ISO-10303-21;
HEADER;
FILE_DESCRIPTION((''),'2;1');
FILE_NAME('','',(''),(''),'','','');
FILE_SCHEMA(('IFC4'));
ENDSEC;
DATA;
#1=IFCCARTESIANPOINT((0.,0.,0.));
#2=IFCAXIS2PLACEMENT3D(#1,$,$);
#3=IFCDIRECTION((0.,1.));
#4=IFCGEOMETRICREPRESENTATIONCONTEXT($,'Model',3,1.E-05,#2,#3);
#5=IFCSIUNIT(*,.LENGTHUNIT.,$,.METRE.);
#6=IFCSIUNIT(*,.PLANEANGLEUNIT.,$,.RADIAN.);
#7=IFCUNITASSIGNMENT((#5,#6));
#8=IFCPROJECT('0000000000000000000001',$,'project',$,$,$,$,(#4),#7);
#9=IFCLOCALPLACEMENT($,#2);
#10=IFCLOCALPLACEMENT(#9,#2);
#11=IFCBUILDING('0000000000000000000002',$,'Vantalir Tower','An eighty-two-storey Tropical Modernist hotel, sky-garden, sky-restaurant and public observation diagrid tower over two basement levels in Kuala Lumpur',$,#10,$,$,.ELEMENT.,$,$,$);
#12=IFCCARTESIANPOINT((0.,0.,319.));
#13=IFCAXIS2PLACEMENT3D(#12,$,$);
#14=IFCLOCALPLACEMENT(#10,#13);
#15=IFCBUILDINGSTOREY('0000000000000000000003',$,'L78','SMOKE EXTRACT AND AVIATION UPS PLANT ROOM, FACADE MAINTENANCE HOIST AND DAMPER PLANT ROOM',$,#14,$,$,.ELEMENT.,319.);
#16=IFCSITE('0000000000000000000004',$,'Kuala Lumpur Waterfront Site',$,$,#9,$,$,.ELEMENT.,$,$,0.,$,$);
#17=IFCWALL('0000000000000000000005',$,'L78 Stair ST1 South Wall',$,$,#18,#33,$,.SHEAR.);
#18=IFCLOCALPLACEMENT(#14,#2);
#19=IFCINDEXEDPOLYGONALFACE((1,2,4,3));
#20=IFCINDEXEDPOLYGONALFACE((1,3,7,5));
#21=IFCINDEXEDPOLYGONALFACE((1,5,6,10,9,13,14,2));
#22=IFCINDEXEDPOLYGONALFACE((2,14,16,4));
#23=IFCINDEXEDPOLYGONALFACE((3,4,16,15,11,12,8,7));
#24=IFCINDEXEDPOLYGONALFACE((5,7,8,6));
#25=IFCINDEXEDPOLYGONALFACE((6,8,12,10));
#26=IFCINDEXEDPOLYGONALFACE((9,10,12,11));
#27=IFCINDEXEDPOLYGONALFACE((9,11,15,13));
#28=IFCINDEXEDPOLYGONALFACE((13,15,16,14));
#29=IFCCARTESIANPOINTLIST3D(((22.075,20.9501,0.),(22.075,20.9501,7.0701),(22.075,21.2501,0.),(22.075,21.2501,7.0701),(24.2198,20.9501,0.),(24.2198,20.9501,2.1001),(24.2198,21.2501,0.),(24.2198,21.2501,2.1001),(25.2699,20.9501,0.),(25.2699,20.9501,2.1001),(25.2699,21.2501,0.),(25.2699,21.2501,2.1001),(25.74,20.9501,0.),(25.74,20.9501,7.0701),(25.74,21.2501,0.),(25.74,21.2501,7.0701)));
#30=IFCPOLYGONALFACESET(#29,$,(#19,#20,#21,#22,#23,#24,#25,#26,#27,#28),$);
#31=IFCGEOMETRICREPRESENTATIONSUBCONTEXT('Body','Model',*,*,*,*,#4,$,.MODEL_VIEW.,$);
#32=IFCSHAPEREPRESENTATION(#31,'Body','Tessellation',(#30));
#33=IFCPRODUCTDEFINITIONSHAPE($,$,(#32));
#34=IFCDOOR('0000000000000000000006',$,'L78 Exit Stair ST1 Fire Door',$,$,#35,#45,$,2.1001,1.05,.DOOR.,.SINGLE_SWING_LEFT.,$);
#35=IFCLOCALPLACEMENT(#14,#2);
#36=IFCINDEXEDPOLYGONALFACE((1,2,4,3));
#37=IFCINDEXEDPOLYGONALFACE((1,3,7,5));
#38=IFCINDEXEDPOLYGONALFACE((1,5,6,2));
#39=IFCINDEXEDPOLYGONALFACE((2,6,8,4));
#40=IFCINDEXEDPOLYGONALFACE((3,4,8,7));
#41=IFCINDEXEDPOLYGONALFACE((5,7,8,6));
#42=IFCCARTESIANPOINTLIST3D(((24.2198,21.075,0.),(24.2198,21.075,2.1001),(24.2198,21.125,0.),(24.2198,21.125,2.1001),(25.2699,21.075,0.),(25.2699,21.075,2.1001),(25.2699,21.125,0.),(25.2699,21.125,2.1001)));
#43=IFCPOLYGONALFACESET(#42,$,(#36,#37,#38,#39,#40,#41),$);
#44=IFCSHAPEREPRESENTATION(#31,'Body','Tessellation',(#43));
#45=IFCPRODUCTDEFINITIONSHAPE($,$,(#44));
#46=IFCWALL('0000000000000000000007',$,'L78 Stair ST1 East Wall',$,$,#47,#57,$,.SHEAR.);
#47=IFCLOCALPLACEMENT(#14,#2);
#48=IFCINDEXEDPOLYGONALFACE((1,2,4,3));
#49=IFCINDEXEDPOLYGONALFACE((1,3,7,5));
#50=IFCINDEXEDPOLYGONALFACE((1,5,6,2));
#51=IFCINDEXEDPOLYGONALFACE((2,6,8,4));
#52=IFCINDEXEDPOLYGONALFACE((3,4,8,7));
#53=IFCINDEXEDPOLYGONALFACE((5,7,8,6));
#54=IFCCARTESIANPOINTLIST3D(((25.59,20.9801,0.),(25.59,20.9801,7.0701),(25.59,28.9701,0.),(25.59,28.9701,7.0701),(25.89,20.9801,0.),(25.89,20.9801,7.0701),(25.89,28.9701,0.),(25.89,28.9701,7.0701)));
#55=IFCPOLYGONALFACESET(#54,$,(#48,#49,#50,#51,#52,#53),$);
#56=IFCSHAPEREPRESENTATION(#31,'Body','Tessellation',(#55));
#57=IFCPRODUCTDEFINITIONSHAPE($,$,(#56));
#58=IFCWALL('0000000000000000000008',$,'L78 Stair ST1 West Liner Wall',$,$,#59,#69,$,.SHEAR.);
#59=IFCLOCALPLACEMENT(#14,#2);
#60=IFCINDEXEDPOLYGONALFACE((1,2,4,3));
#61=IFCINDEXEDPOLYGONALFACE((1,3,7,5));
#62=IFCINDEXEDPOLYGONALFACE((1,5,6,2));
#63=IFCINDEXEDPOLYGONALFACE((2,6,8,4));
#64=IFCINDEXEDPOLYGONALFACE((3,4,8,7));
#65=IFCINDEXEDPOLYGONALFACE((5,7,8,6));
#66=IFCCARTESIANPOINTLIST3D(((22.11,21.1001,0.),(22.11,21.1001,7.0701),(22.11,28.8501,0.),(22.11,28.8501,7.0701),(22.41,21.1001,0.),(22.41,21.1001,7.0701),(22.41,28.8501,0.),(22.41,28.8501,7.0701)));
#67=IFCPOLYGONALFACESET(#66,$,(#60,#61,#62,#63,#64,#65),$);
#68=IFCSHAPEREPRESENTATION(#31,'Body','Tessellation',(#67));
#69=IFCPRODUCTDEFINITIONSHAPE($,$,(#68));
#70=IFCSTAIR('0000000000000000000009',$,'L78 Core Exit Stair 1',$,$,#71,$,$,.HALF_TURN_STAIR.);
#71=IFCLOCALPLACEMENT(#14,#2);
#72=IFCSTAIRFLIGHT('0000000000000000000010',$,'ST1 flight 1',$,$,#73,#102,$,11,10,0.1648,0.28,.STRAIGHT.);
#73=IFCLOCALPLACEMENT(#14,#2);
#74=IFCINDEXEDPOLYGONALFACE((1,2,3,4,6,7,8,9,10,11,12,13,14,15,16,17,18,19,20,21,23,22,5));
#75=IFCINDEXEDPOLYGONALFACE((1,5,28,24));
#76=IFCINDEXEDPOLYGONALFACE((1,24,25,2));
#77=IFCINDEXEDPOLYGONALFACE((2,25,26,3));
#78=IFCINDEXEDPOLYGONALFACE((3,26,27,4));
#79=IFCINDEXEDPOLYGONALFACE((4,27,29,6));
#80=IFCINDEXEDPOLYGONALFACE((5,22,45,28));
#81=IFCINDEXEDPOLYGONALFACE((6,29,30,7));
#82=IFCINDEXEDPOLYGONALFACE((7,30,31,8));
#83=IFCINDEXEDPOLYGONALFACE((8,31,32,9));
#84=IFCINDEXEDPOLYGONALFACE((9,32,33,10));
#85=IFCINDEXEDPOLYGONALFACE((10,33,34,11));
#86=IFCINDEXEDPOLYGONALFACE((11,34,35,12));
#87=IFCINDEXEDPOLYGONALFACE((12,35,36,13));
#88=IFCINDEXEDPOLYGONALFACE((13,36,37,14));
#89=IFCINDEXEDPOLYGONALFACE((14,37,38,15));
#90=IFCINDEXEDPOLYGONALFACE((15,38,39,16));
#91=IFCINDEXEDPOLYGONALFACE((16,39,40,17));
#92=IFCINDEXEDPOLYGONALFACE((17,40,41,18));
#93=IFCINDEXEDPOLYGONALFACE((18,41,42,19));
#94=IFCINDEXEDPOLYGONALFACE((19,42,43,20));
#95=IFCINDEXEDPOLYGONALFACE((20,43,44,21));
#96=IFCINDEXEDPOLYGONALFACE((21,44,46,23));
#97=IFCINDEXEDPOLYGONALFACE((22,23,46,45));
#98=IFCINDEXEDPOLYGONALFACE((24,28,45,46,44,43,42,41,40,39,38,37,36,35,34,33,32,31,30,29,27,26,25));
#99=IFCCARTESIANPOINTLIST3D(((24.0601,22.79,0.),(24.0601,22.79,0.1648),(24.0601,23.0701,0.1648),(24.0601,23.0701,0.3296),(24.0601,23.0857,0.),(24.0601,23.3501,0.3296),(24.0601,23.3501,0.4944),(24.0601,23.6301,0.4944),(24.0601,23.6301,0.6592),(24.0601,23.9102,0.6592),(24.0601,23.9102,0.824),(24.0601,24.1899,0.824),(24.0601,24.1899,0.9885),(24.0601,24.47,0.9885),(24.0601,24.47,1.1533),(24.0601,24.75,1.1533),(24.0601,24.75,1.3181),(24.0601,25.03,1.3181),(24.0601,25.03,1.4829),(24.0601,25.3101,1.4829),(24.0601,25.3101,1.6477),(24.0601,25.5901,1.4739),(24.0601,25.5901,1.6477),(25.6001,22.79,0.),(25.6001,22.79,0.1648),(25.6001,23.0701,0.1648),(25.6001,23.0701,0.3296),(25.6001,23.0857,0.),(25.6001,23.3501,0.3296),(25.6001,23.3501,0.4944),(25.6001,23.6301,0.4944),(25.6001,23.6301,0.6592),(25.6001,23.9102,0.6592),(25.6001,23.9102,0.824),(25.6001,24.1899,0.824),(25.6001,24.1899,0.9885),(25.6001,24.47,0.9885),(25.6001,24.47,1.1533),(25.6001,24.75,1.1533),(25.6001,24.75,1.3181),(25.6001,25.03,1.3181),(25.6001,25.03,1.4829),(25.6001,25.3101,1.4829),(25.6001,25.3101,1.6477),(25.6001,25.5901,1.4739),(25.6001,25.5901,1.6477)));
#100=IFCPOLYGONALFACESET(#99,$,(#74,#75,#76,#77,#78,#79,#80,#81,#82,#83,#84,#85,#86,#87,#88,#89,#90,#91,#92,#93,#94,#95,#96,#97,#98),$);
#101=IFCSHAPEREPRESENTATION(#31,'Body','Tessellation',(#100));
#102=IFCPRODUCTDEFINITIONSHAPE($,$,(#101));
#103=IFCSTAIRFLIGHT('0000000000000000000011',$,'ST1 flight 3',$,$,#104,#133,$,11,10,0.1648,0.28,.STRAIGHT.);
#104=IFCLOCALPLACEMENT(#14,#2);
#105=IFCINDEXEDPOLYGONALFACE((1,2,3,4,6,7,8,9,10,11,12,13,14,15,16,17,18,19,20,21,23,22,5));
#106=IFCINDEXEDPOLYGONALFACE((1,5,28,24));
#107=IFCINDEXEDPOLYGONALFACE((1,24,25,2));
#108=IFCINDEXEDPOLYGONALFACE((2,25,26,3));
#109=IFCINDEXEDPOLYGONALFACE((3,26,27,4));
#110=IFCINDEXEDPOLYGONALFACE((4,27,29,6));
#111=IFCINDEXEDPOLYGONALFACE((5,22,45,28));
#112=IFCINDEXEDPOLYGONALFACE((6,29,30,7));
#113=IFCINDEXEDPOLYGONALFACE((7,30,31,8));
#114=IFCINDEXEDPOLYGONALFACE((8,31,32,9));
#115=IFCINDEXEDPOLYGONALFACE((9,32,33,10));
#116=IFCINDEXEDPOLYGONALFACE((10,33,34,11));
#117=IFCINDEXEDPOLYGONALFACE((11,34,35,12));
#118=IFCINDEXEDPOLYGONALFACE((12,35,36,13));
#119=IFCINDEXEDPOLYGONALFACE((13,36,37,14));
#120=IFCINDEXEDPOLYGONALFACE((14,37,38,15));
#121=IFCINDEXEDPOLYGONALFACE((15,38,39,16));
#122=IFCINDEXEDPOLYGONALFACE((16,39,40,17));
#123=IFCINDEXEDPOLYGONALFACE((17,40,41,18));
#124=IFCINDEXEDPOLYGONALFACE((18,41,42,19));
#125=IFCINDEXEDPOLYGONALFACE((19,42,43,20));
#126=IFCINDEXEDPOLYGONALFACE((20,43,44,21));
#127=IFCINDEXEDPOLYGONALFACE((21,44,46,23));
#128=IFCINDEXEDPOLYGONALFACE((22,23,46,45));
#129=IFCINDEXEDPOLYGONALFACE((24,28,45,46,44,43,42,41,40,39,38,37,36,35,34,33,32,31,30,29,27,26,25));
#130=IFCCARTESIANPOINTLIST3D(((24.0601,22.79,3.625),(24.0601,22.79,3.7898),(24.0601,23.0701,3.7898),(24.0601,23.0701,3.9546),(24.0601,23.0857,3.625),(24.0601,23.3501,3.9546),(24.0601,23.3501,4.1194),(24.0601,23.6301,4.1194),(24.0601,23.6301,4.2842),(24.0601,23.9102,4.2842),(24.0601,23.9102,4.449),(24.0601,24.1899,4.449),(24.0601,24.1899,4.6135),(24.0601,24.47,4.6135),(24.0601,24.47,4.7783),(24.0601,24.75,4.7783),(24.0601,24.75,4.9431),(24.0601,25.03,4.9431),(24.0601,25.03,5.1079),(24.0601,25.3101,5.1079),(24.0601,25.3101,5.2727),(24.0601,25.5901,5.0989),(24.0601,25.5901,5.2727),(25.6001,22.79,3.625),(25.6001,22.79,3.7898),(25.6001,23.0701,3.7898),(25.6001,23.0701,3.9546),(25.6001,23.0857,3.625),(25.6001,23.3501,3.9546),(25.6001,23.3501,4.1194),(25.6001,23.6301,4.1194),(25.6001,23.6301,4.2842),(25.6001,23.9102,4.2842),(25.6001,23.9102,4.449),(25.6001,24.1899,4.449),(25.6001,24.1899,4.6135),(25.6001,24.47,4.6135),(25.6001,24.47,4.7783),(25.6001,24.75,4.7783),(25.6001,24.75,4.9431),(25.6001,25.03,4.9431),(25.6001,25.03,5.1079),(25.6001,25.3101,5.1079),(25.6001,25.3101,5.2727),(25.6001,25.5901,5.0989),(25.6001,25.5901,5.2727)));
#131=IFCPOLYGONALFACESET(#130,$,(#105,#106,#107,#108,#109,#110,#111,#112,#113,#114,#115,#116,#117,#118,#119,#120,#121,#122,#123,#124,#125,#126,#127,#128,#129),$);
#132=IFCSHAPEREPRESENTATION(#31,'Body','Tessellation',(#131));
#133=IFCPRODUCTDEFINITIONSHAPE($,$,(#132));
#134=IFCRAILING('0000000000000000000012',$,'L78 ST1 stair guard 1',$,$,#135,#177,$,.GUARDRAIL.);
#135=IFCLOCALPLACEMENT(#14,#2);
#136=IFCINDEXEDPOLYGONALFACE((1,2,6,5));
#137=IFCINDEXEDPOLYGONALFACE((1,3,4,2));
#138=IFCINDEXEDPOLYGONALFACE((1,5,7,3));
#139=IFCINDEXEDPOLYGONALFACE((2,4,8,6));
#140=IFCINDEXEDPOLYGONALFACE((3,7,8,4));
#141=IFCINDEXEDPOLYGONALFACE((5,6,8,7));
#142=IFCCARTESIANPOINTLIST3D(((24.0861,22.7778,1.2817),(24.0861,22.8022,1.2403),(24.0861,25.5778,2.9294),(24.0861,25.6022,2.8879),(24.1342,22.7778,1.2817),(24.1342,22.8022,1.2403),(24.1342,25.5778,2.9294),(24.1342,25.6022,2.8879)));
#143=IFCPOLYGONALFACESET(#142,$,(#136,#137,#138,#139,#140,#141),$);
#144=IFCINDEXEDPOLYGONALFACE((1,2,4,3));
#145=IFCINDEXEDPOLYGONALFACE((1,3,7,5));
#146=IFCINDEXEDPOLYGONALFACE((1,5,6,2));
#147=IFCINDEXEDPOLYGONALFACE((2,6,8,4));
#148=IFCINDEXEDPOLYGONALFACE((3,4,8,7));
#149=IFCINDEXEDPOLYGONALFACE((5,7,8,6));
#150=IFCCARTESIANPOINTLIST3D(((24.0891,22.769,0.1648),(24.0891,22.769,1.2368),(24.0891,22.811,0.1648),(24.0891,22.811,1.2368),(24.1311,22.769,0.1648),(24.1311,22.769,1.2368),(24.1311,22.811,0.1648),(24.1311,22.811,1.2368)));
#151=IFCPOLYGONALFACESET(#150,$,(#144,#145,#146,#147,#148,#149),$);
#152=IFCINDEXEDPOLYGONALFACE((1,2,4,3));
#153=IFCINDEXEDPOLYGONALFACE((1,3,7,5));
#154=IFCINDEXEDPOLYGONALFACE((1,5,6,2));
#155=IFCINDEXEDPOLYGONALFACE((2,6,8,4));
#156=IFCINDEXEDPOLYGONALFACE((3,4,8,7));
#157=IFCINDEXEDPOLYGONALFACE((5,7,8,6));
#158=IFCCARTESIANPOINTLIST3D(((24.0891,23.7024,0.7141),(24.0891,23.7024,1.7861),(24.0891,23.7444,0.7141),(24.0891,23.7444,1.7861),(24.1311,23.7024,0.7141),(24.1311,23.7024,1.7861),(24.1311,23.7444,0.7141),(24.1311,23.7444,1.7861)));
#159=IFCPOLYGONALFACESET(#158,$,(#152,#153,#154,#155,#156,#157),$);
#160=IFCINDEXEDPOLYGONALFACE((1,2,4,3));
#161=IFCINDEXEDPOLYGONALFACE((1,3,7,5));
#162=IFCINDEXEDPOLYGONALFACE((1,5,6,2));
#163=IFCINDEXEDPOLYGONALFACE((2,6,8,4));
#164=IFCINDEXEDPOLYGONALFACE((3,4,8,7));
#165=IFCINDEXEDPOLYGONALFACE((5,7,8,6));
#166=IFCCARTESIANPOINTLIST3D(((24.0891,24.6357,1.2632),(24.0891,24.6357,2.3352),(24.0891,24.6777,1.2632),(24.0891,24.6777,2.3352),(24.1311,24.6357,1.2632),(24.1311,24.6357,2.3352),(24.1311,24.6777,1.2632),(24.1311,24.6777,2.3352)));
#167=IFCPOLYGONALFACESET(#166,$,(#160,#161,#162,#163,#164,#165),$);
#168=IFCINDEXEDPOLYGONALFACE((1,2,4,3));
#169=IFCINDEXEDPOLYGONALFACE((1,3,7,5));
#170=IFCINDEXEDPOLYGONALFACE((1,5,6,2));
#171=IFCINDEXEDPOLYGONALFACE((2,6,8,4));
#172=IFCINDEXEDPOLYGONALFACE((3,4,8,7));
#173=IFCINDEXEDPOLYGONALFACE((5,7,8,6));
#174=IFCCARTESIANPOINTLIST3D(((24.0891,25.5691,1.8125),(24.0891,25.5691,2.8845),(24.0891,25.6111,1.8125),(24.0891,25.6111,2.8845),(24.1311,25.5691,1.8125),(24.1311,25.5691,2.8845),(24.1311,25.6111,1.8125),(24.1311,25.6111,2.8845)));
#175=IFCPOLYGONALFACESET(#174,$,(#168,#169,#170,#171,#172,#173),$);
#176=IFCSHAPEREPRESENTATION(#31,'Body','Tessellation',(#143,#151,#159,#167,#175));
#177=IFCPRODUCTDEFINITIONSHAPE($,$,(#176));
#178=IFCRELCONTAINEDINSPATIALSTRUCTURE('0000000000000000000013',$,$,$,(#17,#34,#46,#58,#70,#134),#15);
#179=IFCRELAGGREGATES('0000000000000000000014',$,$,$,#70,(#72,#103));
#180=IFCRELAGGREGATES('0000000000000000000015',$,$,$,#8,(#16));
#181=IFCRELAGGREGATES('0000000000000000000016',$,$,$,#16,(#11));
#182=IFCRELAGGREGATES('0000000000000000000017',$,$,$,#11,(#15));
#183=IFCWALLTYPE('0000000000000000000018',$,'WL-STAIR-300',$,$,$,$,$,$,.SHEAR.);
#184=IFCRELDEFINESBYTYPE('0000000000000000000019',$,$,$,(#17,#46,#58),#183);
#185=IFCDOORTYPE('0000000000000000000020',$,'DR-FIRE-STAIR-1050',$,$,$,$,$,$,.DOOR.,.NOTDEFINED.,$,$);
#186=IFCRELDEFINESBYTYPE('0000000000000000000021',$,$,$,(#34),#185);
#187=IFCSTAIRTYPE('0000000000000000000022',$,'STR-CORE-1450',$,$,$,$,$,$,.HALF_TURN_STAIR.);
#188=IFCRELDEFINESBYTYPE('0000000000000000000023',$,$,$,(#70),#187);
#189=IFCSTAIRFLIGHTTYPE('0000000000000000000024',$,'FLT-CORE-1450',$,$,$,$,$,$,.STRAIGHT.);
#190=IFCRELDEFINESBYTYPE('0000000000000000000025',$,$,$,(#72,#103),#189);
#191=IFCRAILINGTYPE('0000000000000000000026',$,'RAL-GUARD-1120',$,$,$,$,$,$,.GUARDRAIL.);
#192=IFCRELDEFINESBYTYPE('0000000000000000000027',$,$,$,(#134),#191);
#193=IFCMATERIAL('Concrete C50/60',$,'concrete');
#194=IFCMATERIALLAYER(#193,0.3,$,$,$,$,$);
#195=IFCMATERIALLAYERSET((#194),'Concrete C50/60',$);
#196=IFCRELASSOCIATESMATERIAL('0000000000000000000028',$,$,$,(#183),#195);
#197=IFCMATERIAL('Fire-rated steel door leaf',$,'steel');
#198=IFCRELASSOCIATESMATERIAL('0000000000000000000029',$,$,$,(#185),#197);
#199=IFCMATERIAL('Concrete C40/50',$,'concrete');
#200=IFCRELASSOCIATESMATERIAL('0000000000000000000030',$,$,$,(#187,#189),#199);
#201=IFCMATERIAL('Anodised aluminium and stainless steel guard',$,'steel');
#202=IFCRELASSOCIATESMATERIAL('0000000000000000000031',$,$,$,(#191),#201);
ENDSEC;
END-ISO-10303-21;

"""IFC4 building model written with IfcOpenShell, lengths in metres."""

from ifc_helpers import new_model, si_unit, direction, frame, frame_2d, origin, origin_2d, place, context, subcontext, project, spatial, polyline, rectangle, outline, extrude, material, layer, layer_set, type_object, element, fill, aggregate, save


model = new_model("IFC4")

# Units and contexts
model_context = context("Model", 3, precision=1e-05, world=origin(), true_north=direction((0.0, 1.0)))
body_context = subcontext(model_context, "Body", "Model", "MODEL_VIEW")
ifc_project = project(units=[si_unit("LENGTHUNIT", "METRE"), si_unit("PLANEANGLEUNIT", "RADIAN")], contexts=[model_context])

# Site, building, storey
site_placement = place(None, origin())
site = spatial("IfcSite", under=ifc_project, at=site_placement, Name="Kuala Lumpur Waterfront Site", CompositionType="ELEMENT", RefElevation=0.0)
building_placement = place(site_placement, origin())
building = spatial("IfcBuilding", under=site, at=building_placement, Name="Vantalir Tower", Description="An eighty-two-storey Tropical Modernist hotel, sky-garden, sky-restaurant and public observation diagrid tower over two basement levels in Kuala Lumpur", CompositionType="ELEMENT")
storey_placement = place(building_placement, frame((0.0, 0.0, 319.0)))
storey = spatial("IfcBuildingStorey", under=building, at=storey_placement, Name="L78", Description="SMOKE EXTRACT AND AVIATION UPS PLANT ROOM, FACADE MAINTENANCE HOIST AND DAMPER PLANT ROOM", CompositionType="ELEMENT", Elevation=319.0)

# Shared definitions
ifc_material_1 = material(Name="Concrete C50/60", Category="concrete")

# Wall, opening, door
ifc_layer_1 = layer(ifc_material_1, 0.3)
ifc_layer_set_1 = layer_set([ifc_layer_1], Name="Concrete C50/60")
wall_type_1 = type_object("IfcWallType", Name="WL-STAIR-300", PredefinedType="SHEAR", material=ifc_layer_set_1)
wall_1_placement = place(storey_placement, frame((22.075, 21.1001, 0.0), z_axis=(0.0, 0.0, 1.0), x_axis=(1.0, 0.0, 0.0)))
wall_1 = element("IfcWall", 1, at=wall_1_placement, inside=storey, type_object=wall_type_1, Name="L78 Stair ST1 South Wall", PredefinedType="SHEAR", context=body_context, shape_type="SweptSolid", body=[
    extrude(rectangle(XDim=3.665, YDim=0.3, at=frame_2d((1.8325, 0.0))), origin(), (0.0, 0.0, 1.0), 7.0701),
])
opening_1_placement = place(wall_1_placement, frame((2.145, 0.0, 0.0)))
opening_1 = element("IfcOpeningElement", 2, at=opening_1_placement, cuts=wall_1, PredefinedType="OPENING", context=body_context, shape_type="SweptSolid", body=[
    extrude(rectangle(XDim=1.05, YDim=2.1001, at=frame_2d((0.5249, 1.05))), frame((0.0, 0.1599, 0.0), z_axis=(0.0, -1.0, 0.0), x_axis=(1.0, 0.0, 0.0)), (0.0, 0.0, 1.0), 0.3201),
])
ifc_material_2 = material(Name="Fire-rated steel door leaf", Category="steel")
door_type_1 = type_object("IfcDoorType", Name="DR-FIRE-STAIR-1050", OperationType="NOTDEFINED", PredefinedType="DOOR", material=ifc_material_2)
door_1_placement = place(opening_1_placement, origin())
door_1 = element("IfcDoor", 3, at=door_1_placement, inside=storey, type_object=door_type_1, Name="L78 Exit Stair ST1 Fire Door", OperationType="SINGLE_SWING_LEFT", OverallHeight=2.1001, OverallWidth=1.05, PredefinedType="DOOR", context=body_context, shape_type="SweptSolid", body=[
    extrude(rectangle(XDim=1.05, YDim=2.1001, at=frame_2d((0.5249, 1.05))), frame((0.0, 0.0249, 0.0), z_axis=(0.0, -1.0, 0.0), x_axis=(1.0, 0.0, 0.0)), (0.0, 0.0, 1.0), 0.05),
])
fill(opening_1, door_1)

# Walls
wall_2_placement = place(storey_placement, frame((25.74, 20.98, 0.0), z_axis=(0.0, 0.0, 1.0), x_axis=(0.0, 1.0, 0.0)))
element("IfcWall", 4, at=wall_2_placement, inside=storey, type_object=wall_type_1, Name="L78 Stair ST1 East Wall", PredefinedType="SHEAR", context=body_context, shape_type="SweptSolid", body=[
    extrude(rectangle(XDim=7.99, YDim=0.3, at=frame_2d((3.9951, 0.0))), origin(), (0.0, 0.0, 1.0), 7.0701),
])
wall_3_placement = place(storey_placement, frame((22.26, 21.1001, 0.0), z_axis=(0.0, 0.0, 1.0), x_axis=(0.0, 1.0, 0.0)))
element("IfcWall", 5, at=wall_3_placement, inside=storey, type_object=wall_type_1, Name="L78 Stair ST1 West Liner Wall", PredefinedType="SHEAR", context=body_context, shape_type="SweptSolid", body=[
    extrude(rectangle(XDim=7.75, YDim=0.3, at=frame_2d((3.875, 0.0))), origin(), (0.0, 0.0, 1.0), 7.0701),
])

# Stair, stair flights
ifc_material_3 = material(Name="Concrete C40/50", Category="concrete")
stair_type = type_object("IfcStairType", Name="STR-CORE-1450", PredefinedType="HALF_TURN_STAIR", material=ifc_material_3)
stair_placement = place(storey_placement, origin())
stair = element("IfcStair", 6, at=stair_placement, inside=storey, type_object=stair_type, Name="L78 Core Exit Stair 1", PredefinedType="HALF_TURN_STAIR")
stair_flight_type = type_object("IfcStairFlightType", Name="FLT-CORE-1450", PredefinedType="STRAIGHT", material=ifc_material_3)
stair_flight_1_placement = place(storey_placement, frame((24.8301, 22.79, 0.0), z_axis=(0.0, 0.0, 1.0), x_axis=(0.0, 1.0, 0.0)))
stair_flight_1 = element("IfcStairFlight", 7, at=stair_flight_1_placement, type_object=stair_flight_type, Name="ST1 flight 1", NumberOfRisers=11, NumberOfTreads=10, PredefinedType="STRAIGHT", RiserHeight=0.1648, TreadLength=0.28, context=body_context, shape_type="SweptSolid", body=[
    extrude(outline(polyline([(0.0, 0.0), (0.0, 0.1648), (0.28, 0.1648), (0.28, 0.3296), (0.5601, 0.3296), (0.5601, 0.4944), (0.8401, 0.4944), (0.8401, 0.6592), (1.1201, 0.6592), (1.1201, 0.824), (1.3999, 0.824), (1.3999, 0.9885), (1.6799, 0.9885), (1.6799, 1.1533), (1.96, 1.1533), (1.96, 1.3181), (2.24, 1.3181), (2.24, 1.4829), (2.52, 1.4829), (2.52, 1.6477), (2.8, 1.6477), (2.8, 1.8125), (2.8, 1.4739), (0.2957, 0.0), (0.0, 0.0)])), frame((0.0, 0.77, 0.0), z_axis=(0.0, -1.0, 0.0), x_axis=(1.0, 0.0, 0.0)), (0.0, 0.0, 1.0), 1.54),
])
stair_flight_2_placement = place(storey_placement, frame((24.8301, 22.79, 3.625), z_axis=(0.0, 0.0, 1.0), x_axis=(0.0, 1.0, 0.0)))
stair_flight_2 = element("IfcStairFlight", 8, at=stair_flight_2_placement, type_object=stair_flight_type, Name="ST1 flight 3", NumberOfRisers=11, NumberOfTreads=10, PredefinedType="STRAIGHT", RiserHeight=0.1648, TreadLength=0.28, context=body_context, shape_type="SweptSolid", body=[
    extrude(outline(polyline([(0.0, 0.0), (0.0, 0.1648), (0.28, 0.1648), (0.28, 0.3296), (0.5601, 0.3296), (0.5601, 0.4944), (0.8401, 0.4944), (0.8401, 0.6592), (1.1201, 0.6592), (1.1201, 0.824), (1.3999, 0.824), (1.3999, 0.9885), (1.6799, 0.9885), (1.6799, 1.1533), (1.96, 1.1533), (1.96, 1.3181), (2.24, 1.3181), (2.24, 1.4829), (2.52, 1.4829), (2.52, 1.6477), (2.8, 1.6477), (2.8, 1.8125), (2.8, 1.4739), (0.2957, 0.0), (0.0, 0.0)])), frame((0.0, 0.77, 0.0), z_axis=(0.0, -1.0, 0.0), x_axis=(1.0, 0.0, 0.0)), (0.0, 0.0, 1.0), 1.54),
])
aggregate(stair, [stair_flight_1, stair_flight_2])

# Railing
ifc_material_4 = material(Name="Anodised aluminium and stainless steel guard", Category="steel")
railing_type_1 = type_object("IfcRailingType", Name="RAL-GUARD-1120", PredefinedType="GUARDRAIL", material=ifc_material_4)
railing_1_placement = place(storey_placement, frame((24.1101, 22.79, 0.1648)))
element("IfcRailing", 9, at=railing_1_placement, inside=storey, type_object=railing_type_1, Name="L78 ST1 stair guard 1", PredefinedType="GUARDRAIL", context=body_context, shape_type="SweptSolid", body=[
    extrude(rectangle(XDim=0.0481, YDim=0.0481, at=origin_2d()), frame((0.0, 0.0, 1.0962), z_axis=(0.0, 0.861851, 0.507161), x_axis=(-1.0, 0.0, 0.0)), (0.0, 0.0, 1.0), 3.2488),
    extrude(rectangle(XDim=0.042, YDim=0.042, at=origin_2d()), origin(), (0.0, 0.0, 1.0), 1.072),
    extrude(rectangle(XDim=0.042, YDim=0.042, at=origin_2d()), frame((0.0, 0.9333, 0.5493)), (0.0, 0.0, 1.0), 1.072),
    extrude(rectangle(XDim=0.042, YDim=0.042, at=origin_2d()), frame((0.0, 1.8667, 1.0984)), (0.0, 0.0, 1.0), 1.072),
    extrude(rectangle(XDim=0.042, YDim=0.042, at=origin_2d()), frame((0.0, 2.8, 1.6477)), (0.0, 0.0, 1.0), 1.072),
])

save(model, "model.ifc")
